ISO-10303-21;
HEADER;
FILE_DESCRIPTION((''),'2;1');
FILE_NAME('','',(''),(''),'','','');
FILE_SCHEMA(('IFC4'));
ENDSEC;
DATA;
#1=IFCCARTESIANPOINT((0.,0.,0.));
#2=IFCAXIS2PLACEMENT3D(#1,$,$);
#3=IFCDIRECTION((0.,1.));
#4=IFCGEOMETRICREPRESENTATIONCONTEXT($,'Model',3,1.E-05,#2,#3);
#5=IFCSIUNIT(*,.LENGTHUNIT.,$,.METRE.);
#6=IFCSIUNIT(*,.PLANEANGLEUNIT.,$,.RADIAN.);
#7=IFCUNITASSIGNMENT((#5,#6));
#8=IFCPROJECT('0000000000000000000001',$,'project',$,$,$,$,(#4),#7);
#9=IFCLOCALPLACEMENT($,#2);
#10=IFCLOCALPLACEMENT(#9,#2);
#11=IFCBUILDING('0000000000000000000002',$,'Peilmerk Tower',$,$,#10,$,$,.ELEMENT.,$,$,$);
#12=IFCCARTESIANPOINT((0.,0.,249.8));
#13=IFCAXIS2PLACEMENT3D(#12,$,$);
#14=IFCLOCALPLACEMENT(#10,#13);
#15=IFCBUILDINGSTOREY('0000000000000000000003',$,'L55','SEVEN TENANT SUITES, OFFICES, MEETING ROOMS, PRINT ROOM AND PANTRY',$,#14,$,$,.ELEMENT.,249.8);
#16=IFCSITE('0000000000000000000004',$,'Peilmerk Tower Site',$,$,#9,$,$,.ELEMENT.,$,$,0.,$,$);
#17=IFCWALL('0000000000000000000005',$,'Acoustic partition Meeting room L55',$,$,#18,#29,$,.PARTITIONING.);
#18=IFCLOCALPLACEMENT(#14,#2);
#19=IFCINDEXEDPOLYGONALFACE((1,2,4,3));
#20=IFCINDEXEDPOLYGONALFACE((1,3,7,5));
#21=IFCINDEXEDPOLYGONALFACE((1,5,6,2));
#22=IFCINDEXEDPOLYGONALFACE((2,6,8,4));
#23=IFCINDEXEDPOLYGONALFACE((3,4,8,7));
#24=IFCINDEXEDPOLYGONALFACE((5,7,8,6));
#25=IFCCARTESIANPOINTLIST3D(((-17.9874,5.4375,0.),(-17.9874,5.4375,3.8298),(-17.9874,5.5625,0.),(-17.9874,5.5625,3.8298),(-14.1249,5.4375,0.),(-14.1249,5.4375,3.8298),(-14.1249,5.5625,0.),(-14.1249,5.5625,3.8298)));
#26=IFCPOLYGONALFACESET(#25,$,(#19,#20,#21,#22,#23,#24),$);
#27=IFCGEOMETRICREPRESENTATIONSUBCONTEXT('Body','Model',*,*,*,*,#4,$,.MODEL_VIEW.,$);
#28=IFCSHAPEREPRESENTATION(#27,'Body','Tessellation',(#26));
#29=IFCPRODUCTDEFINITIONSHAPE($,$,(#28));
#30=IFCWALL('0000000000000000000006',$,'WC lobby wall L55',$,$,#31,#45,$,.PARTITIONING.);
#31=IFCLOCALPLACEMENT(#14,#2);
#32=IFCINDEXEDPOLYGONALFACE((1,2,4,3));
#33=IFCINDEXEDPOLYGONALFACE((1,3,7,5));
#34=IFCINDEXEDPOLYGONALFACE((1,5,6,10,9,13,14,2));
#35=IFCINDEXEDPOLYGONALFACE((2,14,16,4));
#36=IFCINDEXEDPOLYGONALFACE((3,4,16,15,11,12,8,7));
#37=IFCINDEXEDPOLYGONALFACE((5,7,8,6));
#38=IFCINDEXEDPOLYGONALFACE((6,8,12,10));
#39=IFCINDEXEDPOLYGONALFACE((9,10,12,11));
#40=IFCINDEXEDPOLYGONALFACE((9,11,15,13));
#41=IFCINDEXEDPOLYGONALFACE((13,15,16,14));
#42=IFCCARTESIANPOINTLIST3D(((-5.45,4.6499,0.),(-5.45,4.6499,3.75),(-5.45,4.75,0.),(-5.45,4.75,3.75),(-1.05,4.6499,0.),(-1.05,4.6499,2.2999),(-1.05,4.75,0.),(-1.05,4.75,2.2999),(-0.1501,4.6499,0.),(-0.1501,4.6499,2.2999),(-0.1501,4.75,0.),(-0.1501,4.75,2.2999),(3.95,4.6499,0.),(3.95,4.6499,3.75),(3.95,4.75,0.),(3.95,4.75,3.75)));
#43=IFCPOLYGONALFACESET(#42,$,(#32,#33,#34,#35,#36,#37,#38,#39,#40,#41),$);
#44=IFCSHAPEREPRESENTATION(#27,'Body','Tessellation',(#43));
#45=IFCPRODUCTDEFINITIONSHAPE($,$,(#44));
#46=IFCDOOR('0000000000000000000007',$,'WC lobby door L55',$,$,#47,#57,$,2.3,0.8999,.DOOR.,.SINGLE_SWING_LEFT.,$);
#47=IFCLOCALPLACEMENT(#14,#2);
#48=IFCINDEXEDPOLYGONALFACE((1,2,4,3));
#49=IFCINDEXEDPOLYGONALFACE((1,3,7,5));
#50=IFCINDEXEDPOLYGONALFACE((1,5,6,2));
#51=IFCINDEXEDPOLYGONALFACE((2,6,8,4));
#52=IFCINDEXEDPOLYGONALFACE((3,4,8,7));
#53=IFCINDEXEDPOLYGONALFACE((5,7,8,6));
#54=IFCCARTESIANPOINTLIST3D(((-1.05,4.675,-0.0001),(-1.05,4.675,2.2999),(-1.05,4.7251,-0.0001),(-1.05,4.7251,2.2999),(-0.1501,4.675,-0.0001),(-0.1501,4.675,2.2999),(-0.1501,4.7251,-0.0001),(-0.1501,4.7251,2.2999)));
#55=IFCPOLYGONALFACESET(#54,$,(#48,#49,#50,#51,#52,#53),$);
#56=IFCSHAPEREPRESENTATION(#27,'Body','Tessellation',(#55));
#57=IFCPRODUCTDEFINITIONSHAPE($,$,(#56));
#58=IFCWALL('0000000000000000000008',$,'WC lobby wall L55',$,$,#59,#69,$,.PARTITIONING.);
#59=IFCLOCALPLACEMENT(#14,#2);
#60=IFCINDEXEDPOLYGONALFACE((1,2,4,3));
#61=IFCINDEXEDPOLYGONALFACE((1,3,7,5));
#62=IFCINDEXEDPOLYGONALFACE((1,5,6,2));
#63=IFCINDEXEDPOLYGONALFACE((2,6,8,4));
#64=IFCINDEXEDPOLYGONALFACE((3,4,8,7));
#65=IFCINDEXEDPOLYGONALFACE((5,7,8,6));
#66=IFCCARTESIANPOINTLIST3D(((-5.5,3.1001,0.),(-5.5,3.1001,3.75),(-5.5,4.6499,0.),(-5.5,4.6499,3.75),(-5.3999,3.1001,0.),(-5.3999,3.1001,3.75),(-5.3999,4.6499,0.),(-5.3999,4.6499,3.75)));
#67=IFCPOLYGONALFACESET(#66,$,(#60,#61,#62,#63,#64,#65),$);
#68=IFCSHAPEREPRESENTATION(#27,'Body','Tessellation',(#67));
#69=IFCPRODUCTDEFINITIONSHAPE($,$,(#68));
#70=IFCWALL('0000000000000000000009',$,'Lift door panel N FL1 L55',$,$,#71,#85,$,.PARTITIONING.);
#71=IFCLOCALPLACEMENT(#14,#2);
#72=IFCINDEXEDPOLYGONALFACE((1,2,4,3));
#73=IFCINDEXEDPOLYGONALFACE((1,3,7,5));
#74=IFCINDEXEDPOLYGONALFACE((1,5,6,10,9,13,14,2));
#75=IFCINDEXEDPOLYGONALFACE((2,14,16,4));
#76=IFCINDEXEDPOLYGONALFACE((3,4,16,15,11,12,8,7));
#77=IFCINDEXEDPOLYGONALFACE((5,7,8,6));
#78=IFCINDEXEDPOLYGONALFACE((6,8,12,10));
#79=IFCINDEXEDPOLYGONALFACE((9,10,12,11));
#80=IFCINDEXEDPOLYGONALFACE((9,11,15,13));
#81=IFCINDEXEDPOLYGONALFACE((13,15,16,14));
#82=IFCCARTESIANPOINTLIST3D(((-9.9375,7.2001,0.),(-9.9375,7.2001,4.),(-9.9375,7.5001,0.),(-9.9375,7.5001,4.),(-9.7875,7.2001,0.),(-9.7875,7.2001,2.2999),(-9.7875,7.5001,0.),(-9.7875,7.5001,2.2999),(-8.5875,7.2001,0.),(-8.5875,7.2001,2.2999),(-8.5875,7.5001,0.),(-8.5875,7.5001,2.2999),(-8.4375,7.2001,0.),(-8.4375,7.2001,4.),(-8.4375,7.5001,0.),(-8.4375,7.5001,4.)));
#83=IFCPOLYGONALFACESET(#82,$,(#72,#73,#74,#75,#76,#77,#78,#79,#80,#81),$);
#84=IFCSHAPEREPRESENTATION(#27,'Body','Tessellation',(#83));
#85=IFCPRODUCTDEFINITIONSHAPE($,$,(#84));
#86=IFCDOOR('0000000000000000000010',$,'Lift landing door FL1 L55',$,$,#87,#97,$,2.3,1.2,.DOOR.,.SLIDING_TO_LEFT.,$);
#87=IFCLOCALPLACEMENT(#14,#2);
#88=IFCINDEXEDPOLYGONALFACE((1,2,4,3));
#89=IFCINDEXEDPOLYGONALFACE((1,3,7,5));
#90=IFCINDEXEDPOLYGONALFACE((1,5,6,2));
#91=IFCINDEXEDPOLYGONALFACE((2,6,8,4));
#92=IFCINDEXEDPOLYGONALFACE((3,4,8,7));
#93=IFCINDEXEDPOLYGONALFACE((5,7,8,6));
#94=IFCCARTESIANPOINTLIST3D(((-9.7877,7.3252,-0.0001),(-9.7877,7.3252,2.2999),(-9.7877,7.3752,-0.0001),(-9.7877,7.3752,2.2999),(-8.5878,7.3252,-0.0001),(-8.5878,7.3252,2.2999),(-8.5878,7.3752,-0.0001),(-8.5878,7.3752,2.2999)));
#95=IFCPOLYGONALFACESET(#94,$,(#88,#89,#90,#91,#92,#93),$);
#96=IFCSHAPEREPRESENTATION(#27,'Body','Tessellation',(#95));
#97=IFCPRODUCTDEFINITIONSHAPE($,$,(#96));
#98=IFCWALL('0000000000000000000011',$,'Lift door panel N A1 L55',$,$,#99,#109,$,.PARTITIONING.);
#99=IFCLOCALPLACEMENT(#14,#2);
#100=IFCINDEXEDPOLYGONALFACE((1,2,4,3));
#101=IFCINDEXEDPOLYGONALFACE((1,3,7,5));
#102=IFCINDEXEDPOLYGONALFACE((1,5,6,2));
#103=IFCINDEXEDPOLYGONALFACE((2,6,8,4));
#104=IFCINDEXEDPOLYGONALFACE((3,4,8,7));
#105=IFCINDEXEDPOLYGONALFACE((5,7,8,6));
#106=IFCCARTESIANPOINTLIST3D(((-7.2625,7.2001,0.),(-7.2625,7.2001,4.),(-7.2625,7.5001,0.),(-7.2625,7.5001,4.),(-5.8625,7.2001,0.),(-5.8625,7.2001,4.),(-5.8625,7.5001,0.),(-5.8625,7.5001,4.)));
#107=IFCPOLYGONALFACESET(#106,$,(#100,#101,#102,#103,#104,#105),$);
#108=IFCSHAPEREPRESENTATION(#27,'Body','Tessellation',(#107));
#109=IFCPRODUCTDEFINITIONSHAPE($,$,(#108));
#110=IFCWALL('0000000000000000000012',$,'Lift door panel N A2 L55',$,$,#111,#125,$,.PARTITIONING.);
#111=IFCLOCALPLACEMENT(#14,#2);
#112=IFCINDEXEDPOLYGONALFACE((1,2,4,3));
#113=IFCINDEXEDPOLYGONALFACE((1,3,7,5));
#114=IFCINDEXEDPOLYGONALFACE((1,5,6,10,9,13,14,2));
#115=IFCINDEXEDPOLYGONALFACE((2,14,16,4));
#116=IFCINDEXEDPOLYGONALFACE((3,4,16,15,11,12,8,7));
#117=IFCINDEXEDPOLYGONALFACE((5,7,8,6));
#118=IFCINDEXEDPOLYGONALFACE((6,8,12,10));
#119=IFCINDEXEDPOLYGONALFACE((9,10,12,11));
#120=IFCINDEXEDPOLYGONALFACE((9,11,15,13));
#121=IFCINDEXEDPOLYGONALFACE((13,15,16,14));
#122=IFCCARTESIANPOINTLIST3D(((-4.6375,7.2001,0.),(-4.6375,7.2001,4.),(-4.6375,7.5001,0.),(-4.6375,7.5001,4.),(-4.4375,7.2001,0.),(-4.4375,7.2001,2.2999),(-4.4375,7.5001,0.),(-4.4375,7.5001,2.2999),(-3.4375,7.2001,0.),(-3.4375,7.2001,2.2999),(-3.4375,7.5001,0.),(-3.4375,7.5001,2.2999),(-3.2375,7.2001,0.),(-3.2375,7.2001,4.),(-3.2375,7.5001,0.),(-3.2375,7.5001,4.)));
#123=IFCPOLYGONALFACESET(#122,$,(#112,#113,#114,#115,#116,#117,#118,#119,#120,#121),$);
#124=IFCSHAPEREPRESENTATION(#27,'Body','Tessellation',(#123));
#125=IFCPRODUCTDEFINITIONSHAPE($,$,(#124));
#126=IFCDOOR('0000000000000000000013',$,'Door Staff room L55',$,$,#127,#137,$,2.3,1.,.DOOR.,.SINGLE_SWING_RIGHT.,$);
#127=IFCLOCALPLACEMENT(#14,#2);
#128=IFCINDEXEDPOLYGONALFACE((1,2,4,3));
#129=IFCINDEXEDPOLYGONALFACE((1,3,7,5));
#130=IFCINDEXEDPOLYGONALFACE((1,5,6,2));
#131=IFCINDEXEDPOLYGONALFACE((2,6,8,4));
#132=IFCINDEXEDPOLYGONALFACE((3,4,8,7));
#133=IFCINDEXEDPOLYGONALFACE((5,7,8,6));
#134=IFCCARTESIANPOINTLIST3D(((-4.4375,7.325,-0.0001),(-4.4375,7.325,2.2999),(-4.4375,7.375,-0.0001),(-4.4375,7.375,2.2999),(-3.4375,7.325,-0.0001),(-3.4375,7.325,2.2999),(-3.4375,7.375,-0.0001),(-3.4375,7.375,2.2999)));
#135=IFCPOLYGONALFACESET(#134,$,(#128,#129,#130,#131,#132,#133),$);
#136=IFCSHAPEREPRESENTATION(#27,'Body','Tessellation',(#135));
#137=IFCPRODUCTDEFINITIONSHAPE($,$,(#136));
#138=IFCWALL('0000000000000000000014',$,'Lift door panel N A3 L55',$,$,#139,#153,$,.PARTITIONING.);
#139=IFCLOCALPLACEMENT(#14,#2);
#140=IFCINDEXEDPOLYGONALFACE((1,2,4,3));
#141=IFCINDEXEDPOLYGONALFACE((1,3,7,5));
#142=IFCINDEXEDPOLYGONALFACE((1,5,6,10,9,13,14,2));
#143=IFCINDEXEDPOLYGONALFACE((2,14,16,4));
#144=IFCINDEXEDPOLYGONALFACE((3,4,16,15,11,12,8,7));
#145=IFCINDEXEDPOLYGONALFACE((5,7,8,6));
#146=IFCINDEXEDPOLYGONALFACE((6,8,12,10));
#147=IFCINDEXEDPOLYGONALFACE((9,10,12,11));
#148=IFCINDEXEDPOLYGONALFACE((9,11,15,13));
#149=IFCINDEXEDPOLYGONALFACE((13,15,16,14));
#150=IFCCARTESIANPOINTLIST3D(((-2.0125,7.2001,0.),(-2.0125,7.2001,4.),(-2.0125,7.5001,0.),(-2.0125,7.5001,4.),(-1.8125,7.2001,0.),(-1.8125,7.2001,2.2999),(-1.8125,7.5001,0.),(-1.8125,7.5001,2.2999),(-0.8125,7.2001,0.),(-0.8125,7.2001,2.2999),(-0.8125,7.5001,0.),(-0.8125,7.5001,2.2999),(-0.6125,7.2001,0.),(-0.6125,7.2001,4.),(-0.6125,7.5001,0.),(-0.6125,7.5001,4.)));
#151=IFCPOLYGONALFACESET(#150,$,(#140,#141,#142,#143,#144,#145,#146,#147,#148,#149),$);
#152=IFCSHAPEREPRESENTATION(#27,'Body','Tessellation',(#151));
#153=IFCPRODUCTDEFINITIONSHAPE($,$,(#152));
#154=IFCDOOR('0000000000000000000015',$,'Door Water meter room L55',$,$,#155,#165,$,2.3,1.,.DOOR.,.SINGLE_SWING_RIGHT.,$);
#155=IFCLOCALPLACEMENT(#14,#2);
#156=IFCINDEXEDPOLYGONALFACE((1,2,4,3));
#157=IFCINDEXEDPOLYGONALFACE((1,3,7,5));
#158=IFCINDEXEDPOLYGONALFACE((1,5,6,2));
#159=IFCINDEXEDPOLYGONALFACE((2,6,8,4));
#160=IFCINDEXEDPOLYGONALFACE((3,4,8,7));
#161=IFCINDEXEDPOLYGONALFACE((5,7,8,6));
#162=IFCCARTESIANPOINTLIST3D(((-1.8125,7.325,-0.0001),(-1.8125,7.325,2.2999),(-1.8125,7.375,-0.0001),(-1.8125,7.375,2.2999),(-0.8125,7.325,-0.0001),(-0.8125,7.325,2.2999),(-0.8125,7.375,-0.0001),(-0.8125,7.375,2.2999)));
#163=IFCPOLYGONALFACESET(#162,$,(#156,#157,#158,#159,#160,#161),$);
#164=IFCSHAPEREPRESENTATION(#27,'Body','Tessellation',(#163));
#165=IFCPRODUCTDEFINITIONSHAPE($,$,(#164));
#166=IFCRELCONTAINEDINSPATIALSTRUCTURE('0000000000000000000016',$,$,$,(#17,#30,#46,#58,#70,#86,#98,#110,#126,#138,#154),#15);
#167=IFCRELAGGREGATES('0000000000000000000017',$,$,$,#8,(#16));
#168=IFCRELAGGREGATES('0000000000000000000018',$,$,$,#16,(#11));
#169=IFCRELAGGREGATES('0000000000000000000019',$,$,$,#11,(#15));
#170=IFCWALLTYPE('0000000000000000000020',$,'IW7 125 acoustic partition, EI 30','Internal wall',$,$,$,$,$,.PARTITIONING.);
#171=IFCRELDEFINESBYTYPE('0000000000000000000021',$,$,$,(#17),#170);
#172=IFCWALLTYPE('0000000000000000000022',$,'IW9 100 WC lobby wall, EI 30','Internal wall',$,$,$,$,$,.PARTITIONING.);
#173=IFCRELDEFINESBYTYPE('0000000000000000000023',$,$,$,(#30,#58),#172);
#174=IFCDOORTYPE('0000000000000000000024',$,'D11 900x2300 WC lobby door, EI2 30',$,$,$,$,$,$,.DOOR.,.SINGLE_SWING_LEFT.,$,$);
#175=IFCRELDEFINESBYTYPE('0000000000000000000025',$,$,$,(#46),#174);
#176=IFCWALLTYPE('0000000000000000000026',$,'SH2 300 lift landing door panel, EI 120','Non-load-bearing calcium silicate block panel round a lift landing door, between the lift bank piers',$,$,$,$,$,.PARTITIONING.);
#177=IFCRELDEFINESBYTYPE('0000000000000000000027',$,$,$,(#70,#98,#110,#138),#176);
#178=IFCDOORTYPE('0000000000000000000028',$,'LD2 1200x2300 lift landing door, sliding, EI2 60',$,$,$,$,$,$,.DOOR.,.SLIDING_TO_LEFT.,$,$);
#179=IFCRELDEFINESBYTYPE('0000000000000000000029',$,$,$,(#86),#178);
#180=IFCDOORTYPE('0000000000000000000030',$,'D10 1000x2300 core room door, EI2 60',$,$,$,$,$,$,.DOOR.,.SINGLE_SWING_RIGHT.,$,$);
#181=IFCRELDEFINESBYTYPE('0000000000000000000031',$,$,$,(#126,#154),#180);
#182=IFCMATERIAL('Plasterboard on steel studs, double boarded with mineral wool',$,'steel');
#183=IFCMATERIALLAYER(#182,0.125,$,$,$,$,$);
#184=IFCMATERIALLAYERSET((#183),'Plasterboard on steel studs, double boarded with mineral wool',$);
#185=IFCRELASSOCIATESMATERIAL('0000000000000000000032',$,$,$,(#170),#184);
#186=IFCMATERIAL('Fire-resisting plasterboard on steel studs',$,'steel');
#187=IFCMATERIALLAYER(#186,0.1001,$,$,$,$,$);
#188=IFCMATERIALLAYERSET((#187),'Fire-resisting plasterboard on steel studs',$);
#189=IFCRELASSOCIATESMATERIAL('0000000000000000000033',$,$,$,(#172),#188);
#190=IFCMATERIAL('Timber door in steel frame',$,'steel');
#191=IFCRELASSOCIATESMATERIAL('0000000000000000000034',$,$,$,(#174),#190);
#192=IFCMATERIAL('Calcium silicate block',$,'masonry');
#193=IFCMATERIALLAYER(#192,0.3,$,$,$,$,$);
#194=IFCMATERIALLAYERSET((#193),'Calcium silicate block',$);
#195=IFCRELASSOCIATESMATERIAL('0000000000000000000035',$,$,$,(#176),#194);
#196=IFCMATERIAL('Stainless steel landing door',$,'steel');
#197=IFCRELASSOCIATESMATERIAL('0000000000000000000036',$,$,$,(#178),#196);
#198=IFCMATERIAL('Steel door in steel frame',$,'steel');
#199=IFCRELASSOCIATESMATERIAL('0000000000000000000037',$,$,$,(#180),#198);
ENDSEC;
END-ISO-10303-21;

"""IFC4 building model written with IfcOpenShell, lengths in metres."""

from ifc_helpers import new_model, si_unit, direction, frame, frame_2d, origin, place, context, subcontext, project, spatial, rectangle, extrude, material, layer, layer_set, type_object, element, fill, save


model = new_model("IFC4")

# Units and contexts
model_context = context("Model", 3, precision=1e-05, world=origin(), true_north=direction((0.0, 1.0)))
body_context = subcontext(model_context, "Body", "Model", "MODEL_VIEW")
ifc_project = project(units=[si_unit("LENGTHUNIT", "METRE"), si_unit("PLANEANGLEUNIT", "RADIAN")], contexts=[model_context])

# Site, building, storey
site_placement = place(None, origin())
site = spatial("IfcSite", under=ifc_project, at=site_placement, Name="Peilmerk Tower Site", CompositionType="ELEMENT", RefElevation=0.0)
building_placement = place(site_placement, origin())
building = spatial("IfcBuilding", under=site, at=building_placement, Name="Peilmerk Tower", CompositionType="ELEMENT")
storey_placement = place(building_placement, frame((0.0, 0.0, 249.8)))
storey = spatial("IfcBuildingStorey", under=building, at=storey_placement, Name="L55", Description="SEVEN TENANT SUITES, OFFICES, MEETING ROOMS, PRINT ROOM AND PANTRY", CompositionType="ELEMENT", Elevation=249.8)

# Shared definitions
ifc_material_1 = material(Name="Steel door in steel frame", Category="steel")

# Shared definitions
ifc_material_2 = material(Name="Timber door in steel frame", Category="steel")

# Wall
ifc_material_3 = material(Name="Plasterboard on steel studs, double boarded with mineral wool", Category="steel")
ifc_layer_1 = layer(ifc_material_3, 0.125)
ifc_layer_set_1 = layer_set([ifc_layer_1], Name="Plasterboard on steel studs, double boarded with mineral wool")
wall_type_1 = type_object("IfcWallType", Name="IW7 125 acoustic partition, EI 30", Description="Internal wall", PredefinedType="PARTITIONING", material=ifc_layer_set_1)
wall_1_placement = place(storey_placement, frame((-14.125, 5.5, 0.0), z_axis=(0.0, 0.0, 1.0), x_axis=(-1.0, 0.0, 0.0)))
element("IfcWall", 1, at=wall_1_placement, inside=storey, type_object=wall_type_1, Name="Acoustic partition Meeting room L55", PredefinedType="PARTITIONING", context=body_context, shape_type="SweptSolid", body=[
    extrude(rectangle(XDim=3.8625, YDim=0.125, at=frame_2d((1.9312, 0.0))), origin(), (0.0, 0.0, 1.0), 3.8298),
])

# Wall, opening, door
ifc_material_4 = material(Name="Fire-resisting plasterboard on steel studs", Category="steel")
ifc_layer_2 = layer(ifc_material_4, 0.1001)
ifc_layer_set_2 = layer_set([ifc_layer_2], Name="Fire-resisting plasterboard on steel studs")
wall_type_2 = type_object("IfcWallType", Name="IW9 100 WC lobby wall, EI 30", Description="Internal wall", PredefinedType="PARTITIONING", material=ifc_layer_set_2)
wall_2_placement = place(storey_placement, frame((-5.45, 4.7, 0.0), z_axis=(0.0, 0.0, 1.0), x_axis=(1.0, 0.0, 0.0)))
wall_2 = element("IfcWall", 2, at=wall_2_placement, inside=storey, type_object=wall_type_2, Name="WC lobby wall L55", PredefinedType="PARTITIONING", context=body_context, shape_type="SweptSolid", body=[
    extrude(rectangle(XDim=9.3999, YDim=0.1001, at=frame_2d((4.7, 0.0))), origin(), (0.0, 0.0, 1.0), 3.75),
])
opening_1_placement = place(wall_2_placement, frame((4.3999, 0.0, 0.0)))
opening_1 = element("IfcOpeningElement", 3, at=opening_1_placement, cuts=wall_2, PredefinedType="OPENING", context=body_context, shape_type="SweptSolid", body=[
    extrude(rectangle(XDim=0.8999, YDim=2.3, at=frame_2d((0.45, 1.1499))), frame((0.0, 0.0601, 0.0), z_axis=(0.0, -1.0, 0.0), x_axis=(1.0, 0.0, 0.0)), (0.0, 0.0, 1.0), 0.1201),
])
door_type_1 = type_object("IfcDoorType", Name="D11 900x2300 WC lobby door, EI2 30", OperationType="SINGLE_SWING_LEFT", PredefinedType="DOOR", material=ifc_material_2)
door_1_placement = place(opening_1_placement, frame((0.8999, 0.0, 0.0), z_axis=(0.0, 0.0, 1.0), x_axis=(-1.0, 0.0, 0.0)))
door_1 = element("IfcDoor", 4, at=door_1_placement, inside=storey, type_object=door_type_1, Name="WC lobby door L55", OperationType="SINGLE_SWING_LEFT", OverallHeight=2.3, OverallWidth=0.8999, PredefinedType="DOOR", context=body_context, shape_type="SweptSolid", body=[
    extrude(rectangle(XDim=0.8999, YDim=2.3, at=frame_2d((0.45, 1.1499))), frame((0.0, 0.0249, 0.0), z_axis=(0.0, -1.0, 0.0), x_axis=(1.0, 0.0, 0.0)), (0.0, 0.0, 1.0), 0.05),
])
fill(opening_1, door_1)

# Wall
wall_3_placement = place(storey_placement, frame((-5.45, 3.1001, 0.0), z_axis=(0.0, 0.0, 1.0), x_axis=(0.0, 1.0, 0.0)))
element("IfcWall", 5, at=wall_3_placement, inside=storey, type_object=wall_type_2, Name="WC lobby wall L55", PredefinedType="PARTITIONING", context=body_context, shape_type="SweptSolid", body=[
    extrude(rectangle(XDim=1.5498, YDim=0.1001, at=frame_2d((0.7749, 0.0))), origin(), (0.0, 0.0, 1.0), 3.75),
])

# Wall, opening, door
ifc_material_5 = material(Name="Calcium silicate block", Category="masonry")
ifc_layer_3 = layer(ifc_material_5, 0.3)
ifc_layer_set_3 = layer_set([ifc_layer_3], Name="Calcium silicate block")
wall_type_3 = type_object("IfcWallType", Name="SH2 300 lift landing door panel, EI 120", Description="Non-load-bearing calcium silicate block panel round a lift landing door, between the lift bank piers", PredefinedType="PARTITIONING", material=ifc_layer_set_3)
wall_4_placement = place(storey_placement, frame((-9.9375, 7.3501, 0.0), z_axis=(0.0, 0.0, 1.0), x_axis=(1.0, 0.0, 0.0)))
wall_4 = element("IfcWall", 6, at=wall_4_placement, inside=storey, type_object=wall_type_3, Name="Lift door panel N FL1 L55", PredefinedType="PARTITIONING", context=body_context, shape_type="SweptSolid", body=[
    extrude(rectangle(XDim=1.5, YDim=0.3, at=frame_2d((0.75, 0.0))), origin(), (0.0, 0.0, 1.0), 4.0),
])
opening_2_placement = place(wall_4_placement, frame((0.1499, 0.0, 0.0)))
opening_2 = element("IfcOpeningElement", 7, at=opening_2_placement, cuts=wall_4, PredefinedType="OPENING", context=body_context, shape_type="SweptSolid", body=[
    extrude(rectangle(XDim=1.2, YDim=2.3, at=frame_2d((0.6001, 1.1499))), frame((0.0, 0.1599, 0.0), z_axis=(0.0, -1.0, 0.0), x_axis=(1.0, 0.0, 0.0)), (0.0, 0.0, 1.0), 0.3201),
])
ifc_material_6 = material(Name="Stainless steel landing door", Category="steel")
door_type_2 = type_object("IfcDoorType", Name="LD2 1200x2300 lift landing door, sliding, EI2 60", OperationType="SLIDING_TO_LEFT", PredefinedType="DOOR", material=ifc_material_6)
door_2_placement = place(opening_2_placement, frame((1.2, 0.0, 0.0), z_axis=(0.0, 0.0, 1.0), x_axis=(-1.0, 0.0, 0.0)))
door_2 = element("IfcDoor", 8, at=door_2_placement, inside=storey, type_object=door_type_2, Name="Lift landing door FL1 L55", OperationType="SLIDING_TO_LEFT", OverallHeight=2.3, OverallWidth=1.2, PredefinedType="DOOR", context=body_context, shape_type="SweptSolid", body=[
    extrude(rectangle(XDim=1.2, YDim=2.3, at=frame_2d((0.6001, 1.1499))), frame((0.0, 0.0249, 0.0), z_axis=(0.0, -1.0, 0.0), x_axis=(1.0, 0.0, 0.0)), (0.0, 0.0, 1.0), 0.05),
])
fill(opening_2, door_2)

# Wall
wall_5_placement = place(storey_placement, frame((-7.2625, 7.3501, 0.0), z_axis=(0.0, 0.0, 1.0), x_axis=(1.0, 0.0, 0.0)))
element("IfcWall", 9, at=wall_5_placement, inside=storey, type_object=wall_type_3, Name="Lift door panel N A1 L55", PredefinedType="PARTITIONING", context=body_context, shape_type="SweptSolid", body=[
    extrude(rectangle(XDim=1.3999, YDim=0.3, at=frame_2d((0.7, 0.0))), origin(), (0.0, 0.0, 1.0), 4.0),
])

# Walls, openings, doors
wall_6_placement = place(storey_placement, frame((-4.6375, 7.3501, 0.0), z_axis=(0.0, 0.0, 1.0), x_axis=(1.0, 0.0, 0.0)))
wall_6 = element("IfcWall", 10, at=wall_6_placement, inside=storey, type_object=wall_type_3, Name="Lift door panel N A2 L55", PredefinedType="PARTITIONING", context=body_context, shape_type="SweptSolid", body=[
    extrude(rectangle(XDim=1.3999, YDim=0.3, at=frame_2d((0.7, 0.0))), origin(), (0.0, 0.0, 1.0), 4.0),
])
opening_3_placement = place(wall_6_placement, frame((0.2, 0.0, 0.0)))
opening_3 = element("IfcOpeningElement", 11, at=opening_3_placement, cuts=wall_6, PredefinedType="OPENING", context=body_context, shape_type="SweptSolid", body=[
    extrude(rectangle(XDim=1.0, YDim=2.3, at=frame_2d((0.5, 1.1499))), frame((0.0, 0.1599, 0.0), z_axis=(0.0, -1.0, 0.0), x_axis=(1.0, 0.0, 0.0)), (0.0, 0.0, 1.0), 0.3201),
])
door_type_3 = type_object("IfcDoorType", Name="D10 1000x2300 core room door, EI2 60", OperationType="SINGLE_SWING_RIGHT", PredefinedType="DOOR", material=ifc_material_1)
door_3_placement = place(opening_3_placement, origin())
door_3 = element("IfcDoor", 12, at=door_3_placement, inside=storey, type_object=door_type_3, Name="Door Staff room L55", OperationType="SINGLE_SWING_RIGHT", OverallHeight=2.3, OverallWidth=1.0, PredefinedType="DOOR", context=body_context, shape_type="SweptSolid", body=[
    extrude(rectangle(XDim=1.0, YDim=2.3, at=frame_2d((0.5, 1.1499))), frame((0.0, 0.0249, 0.0), z_axis=(0.0, -1.0, 0.0), x_axis=(1.0, 0.0, 0.0)), (0.0, 0.0, 1.0), 0.05),
])
fill(opening_3, door_3)
wall_7_placement = place(storey_placement, frame((-2.0125, 7.3501, 0.0), z_axis=(0.0, 0.0, 1.0), x_axis=(1.0, 0.0, 0.0)))
wall_7 = element("IfcWall", 13, at=wall_7_placement, inside=storey, type_object=wall_type_3, Name="Lift door panel N A3 L55", PredefinedType="PARTITIONING", context=body_context, shape_type="SweptSolid", body=[
    extrude(rectangle(XDim=1.3999, YDim=0.3, at=frame_2d((0.7, 0.0))), origin(), (0.0, 0.0, 1.0), 4.0),
])
opening_4_placement = place(wall_7_placement, frame((0.2, 0.0, 0.0)))
opening_4 = element("IfcOpeningElement", 14, at=opening_4_placement, cuts=wall_7, PredefinedType="OPENING", context=body_context, shape_type="SweptSolid", body=[
    extrude(rectangle(XDim=1.0, YDim=2.3, at=frame_2d((0.5, 1.1499))), frame((0.0, 0.1599, 0.0), z_axis=(0.0, -1.0, 0.0), x_axis=(1.0, 0.0, 0.0)), (0.0, 0.0, 1.0), 0.3201),
])
door_4_placement = place(opening_4_placement, origin())
door_4 = element("IfcDoor", 15, at=door_4_placement, inside=storey, type_object=door_type_3, Name="Door Water meter room L55", OperationType="SINGLE_SWING_RIGHT", OverallHeight=2.3, OverallWidth=1.0, PredefinedType="DOOR", context=body_context, shape_type="SweptSolid", body=[
    extrude(rectangle(XDim=1.0, YDim=2.3, at=frame_2d((0.5, 1.1499))), frame((0.0, 0.0249, 0.0), z_axis=(0.0, -1.0, 0.0), x_axis=(1.0, 0.0, 0.0)), (0.0, 0.0, 1.0), 0.05),
])
fill(opening_4, door_4)

save(model, "model.ifc")
